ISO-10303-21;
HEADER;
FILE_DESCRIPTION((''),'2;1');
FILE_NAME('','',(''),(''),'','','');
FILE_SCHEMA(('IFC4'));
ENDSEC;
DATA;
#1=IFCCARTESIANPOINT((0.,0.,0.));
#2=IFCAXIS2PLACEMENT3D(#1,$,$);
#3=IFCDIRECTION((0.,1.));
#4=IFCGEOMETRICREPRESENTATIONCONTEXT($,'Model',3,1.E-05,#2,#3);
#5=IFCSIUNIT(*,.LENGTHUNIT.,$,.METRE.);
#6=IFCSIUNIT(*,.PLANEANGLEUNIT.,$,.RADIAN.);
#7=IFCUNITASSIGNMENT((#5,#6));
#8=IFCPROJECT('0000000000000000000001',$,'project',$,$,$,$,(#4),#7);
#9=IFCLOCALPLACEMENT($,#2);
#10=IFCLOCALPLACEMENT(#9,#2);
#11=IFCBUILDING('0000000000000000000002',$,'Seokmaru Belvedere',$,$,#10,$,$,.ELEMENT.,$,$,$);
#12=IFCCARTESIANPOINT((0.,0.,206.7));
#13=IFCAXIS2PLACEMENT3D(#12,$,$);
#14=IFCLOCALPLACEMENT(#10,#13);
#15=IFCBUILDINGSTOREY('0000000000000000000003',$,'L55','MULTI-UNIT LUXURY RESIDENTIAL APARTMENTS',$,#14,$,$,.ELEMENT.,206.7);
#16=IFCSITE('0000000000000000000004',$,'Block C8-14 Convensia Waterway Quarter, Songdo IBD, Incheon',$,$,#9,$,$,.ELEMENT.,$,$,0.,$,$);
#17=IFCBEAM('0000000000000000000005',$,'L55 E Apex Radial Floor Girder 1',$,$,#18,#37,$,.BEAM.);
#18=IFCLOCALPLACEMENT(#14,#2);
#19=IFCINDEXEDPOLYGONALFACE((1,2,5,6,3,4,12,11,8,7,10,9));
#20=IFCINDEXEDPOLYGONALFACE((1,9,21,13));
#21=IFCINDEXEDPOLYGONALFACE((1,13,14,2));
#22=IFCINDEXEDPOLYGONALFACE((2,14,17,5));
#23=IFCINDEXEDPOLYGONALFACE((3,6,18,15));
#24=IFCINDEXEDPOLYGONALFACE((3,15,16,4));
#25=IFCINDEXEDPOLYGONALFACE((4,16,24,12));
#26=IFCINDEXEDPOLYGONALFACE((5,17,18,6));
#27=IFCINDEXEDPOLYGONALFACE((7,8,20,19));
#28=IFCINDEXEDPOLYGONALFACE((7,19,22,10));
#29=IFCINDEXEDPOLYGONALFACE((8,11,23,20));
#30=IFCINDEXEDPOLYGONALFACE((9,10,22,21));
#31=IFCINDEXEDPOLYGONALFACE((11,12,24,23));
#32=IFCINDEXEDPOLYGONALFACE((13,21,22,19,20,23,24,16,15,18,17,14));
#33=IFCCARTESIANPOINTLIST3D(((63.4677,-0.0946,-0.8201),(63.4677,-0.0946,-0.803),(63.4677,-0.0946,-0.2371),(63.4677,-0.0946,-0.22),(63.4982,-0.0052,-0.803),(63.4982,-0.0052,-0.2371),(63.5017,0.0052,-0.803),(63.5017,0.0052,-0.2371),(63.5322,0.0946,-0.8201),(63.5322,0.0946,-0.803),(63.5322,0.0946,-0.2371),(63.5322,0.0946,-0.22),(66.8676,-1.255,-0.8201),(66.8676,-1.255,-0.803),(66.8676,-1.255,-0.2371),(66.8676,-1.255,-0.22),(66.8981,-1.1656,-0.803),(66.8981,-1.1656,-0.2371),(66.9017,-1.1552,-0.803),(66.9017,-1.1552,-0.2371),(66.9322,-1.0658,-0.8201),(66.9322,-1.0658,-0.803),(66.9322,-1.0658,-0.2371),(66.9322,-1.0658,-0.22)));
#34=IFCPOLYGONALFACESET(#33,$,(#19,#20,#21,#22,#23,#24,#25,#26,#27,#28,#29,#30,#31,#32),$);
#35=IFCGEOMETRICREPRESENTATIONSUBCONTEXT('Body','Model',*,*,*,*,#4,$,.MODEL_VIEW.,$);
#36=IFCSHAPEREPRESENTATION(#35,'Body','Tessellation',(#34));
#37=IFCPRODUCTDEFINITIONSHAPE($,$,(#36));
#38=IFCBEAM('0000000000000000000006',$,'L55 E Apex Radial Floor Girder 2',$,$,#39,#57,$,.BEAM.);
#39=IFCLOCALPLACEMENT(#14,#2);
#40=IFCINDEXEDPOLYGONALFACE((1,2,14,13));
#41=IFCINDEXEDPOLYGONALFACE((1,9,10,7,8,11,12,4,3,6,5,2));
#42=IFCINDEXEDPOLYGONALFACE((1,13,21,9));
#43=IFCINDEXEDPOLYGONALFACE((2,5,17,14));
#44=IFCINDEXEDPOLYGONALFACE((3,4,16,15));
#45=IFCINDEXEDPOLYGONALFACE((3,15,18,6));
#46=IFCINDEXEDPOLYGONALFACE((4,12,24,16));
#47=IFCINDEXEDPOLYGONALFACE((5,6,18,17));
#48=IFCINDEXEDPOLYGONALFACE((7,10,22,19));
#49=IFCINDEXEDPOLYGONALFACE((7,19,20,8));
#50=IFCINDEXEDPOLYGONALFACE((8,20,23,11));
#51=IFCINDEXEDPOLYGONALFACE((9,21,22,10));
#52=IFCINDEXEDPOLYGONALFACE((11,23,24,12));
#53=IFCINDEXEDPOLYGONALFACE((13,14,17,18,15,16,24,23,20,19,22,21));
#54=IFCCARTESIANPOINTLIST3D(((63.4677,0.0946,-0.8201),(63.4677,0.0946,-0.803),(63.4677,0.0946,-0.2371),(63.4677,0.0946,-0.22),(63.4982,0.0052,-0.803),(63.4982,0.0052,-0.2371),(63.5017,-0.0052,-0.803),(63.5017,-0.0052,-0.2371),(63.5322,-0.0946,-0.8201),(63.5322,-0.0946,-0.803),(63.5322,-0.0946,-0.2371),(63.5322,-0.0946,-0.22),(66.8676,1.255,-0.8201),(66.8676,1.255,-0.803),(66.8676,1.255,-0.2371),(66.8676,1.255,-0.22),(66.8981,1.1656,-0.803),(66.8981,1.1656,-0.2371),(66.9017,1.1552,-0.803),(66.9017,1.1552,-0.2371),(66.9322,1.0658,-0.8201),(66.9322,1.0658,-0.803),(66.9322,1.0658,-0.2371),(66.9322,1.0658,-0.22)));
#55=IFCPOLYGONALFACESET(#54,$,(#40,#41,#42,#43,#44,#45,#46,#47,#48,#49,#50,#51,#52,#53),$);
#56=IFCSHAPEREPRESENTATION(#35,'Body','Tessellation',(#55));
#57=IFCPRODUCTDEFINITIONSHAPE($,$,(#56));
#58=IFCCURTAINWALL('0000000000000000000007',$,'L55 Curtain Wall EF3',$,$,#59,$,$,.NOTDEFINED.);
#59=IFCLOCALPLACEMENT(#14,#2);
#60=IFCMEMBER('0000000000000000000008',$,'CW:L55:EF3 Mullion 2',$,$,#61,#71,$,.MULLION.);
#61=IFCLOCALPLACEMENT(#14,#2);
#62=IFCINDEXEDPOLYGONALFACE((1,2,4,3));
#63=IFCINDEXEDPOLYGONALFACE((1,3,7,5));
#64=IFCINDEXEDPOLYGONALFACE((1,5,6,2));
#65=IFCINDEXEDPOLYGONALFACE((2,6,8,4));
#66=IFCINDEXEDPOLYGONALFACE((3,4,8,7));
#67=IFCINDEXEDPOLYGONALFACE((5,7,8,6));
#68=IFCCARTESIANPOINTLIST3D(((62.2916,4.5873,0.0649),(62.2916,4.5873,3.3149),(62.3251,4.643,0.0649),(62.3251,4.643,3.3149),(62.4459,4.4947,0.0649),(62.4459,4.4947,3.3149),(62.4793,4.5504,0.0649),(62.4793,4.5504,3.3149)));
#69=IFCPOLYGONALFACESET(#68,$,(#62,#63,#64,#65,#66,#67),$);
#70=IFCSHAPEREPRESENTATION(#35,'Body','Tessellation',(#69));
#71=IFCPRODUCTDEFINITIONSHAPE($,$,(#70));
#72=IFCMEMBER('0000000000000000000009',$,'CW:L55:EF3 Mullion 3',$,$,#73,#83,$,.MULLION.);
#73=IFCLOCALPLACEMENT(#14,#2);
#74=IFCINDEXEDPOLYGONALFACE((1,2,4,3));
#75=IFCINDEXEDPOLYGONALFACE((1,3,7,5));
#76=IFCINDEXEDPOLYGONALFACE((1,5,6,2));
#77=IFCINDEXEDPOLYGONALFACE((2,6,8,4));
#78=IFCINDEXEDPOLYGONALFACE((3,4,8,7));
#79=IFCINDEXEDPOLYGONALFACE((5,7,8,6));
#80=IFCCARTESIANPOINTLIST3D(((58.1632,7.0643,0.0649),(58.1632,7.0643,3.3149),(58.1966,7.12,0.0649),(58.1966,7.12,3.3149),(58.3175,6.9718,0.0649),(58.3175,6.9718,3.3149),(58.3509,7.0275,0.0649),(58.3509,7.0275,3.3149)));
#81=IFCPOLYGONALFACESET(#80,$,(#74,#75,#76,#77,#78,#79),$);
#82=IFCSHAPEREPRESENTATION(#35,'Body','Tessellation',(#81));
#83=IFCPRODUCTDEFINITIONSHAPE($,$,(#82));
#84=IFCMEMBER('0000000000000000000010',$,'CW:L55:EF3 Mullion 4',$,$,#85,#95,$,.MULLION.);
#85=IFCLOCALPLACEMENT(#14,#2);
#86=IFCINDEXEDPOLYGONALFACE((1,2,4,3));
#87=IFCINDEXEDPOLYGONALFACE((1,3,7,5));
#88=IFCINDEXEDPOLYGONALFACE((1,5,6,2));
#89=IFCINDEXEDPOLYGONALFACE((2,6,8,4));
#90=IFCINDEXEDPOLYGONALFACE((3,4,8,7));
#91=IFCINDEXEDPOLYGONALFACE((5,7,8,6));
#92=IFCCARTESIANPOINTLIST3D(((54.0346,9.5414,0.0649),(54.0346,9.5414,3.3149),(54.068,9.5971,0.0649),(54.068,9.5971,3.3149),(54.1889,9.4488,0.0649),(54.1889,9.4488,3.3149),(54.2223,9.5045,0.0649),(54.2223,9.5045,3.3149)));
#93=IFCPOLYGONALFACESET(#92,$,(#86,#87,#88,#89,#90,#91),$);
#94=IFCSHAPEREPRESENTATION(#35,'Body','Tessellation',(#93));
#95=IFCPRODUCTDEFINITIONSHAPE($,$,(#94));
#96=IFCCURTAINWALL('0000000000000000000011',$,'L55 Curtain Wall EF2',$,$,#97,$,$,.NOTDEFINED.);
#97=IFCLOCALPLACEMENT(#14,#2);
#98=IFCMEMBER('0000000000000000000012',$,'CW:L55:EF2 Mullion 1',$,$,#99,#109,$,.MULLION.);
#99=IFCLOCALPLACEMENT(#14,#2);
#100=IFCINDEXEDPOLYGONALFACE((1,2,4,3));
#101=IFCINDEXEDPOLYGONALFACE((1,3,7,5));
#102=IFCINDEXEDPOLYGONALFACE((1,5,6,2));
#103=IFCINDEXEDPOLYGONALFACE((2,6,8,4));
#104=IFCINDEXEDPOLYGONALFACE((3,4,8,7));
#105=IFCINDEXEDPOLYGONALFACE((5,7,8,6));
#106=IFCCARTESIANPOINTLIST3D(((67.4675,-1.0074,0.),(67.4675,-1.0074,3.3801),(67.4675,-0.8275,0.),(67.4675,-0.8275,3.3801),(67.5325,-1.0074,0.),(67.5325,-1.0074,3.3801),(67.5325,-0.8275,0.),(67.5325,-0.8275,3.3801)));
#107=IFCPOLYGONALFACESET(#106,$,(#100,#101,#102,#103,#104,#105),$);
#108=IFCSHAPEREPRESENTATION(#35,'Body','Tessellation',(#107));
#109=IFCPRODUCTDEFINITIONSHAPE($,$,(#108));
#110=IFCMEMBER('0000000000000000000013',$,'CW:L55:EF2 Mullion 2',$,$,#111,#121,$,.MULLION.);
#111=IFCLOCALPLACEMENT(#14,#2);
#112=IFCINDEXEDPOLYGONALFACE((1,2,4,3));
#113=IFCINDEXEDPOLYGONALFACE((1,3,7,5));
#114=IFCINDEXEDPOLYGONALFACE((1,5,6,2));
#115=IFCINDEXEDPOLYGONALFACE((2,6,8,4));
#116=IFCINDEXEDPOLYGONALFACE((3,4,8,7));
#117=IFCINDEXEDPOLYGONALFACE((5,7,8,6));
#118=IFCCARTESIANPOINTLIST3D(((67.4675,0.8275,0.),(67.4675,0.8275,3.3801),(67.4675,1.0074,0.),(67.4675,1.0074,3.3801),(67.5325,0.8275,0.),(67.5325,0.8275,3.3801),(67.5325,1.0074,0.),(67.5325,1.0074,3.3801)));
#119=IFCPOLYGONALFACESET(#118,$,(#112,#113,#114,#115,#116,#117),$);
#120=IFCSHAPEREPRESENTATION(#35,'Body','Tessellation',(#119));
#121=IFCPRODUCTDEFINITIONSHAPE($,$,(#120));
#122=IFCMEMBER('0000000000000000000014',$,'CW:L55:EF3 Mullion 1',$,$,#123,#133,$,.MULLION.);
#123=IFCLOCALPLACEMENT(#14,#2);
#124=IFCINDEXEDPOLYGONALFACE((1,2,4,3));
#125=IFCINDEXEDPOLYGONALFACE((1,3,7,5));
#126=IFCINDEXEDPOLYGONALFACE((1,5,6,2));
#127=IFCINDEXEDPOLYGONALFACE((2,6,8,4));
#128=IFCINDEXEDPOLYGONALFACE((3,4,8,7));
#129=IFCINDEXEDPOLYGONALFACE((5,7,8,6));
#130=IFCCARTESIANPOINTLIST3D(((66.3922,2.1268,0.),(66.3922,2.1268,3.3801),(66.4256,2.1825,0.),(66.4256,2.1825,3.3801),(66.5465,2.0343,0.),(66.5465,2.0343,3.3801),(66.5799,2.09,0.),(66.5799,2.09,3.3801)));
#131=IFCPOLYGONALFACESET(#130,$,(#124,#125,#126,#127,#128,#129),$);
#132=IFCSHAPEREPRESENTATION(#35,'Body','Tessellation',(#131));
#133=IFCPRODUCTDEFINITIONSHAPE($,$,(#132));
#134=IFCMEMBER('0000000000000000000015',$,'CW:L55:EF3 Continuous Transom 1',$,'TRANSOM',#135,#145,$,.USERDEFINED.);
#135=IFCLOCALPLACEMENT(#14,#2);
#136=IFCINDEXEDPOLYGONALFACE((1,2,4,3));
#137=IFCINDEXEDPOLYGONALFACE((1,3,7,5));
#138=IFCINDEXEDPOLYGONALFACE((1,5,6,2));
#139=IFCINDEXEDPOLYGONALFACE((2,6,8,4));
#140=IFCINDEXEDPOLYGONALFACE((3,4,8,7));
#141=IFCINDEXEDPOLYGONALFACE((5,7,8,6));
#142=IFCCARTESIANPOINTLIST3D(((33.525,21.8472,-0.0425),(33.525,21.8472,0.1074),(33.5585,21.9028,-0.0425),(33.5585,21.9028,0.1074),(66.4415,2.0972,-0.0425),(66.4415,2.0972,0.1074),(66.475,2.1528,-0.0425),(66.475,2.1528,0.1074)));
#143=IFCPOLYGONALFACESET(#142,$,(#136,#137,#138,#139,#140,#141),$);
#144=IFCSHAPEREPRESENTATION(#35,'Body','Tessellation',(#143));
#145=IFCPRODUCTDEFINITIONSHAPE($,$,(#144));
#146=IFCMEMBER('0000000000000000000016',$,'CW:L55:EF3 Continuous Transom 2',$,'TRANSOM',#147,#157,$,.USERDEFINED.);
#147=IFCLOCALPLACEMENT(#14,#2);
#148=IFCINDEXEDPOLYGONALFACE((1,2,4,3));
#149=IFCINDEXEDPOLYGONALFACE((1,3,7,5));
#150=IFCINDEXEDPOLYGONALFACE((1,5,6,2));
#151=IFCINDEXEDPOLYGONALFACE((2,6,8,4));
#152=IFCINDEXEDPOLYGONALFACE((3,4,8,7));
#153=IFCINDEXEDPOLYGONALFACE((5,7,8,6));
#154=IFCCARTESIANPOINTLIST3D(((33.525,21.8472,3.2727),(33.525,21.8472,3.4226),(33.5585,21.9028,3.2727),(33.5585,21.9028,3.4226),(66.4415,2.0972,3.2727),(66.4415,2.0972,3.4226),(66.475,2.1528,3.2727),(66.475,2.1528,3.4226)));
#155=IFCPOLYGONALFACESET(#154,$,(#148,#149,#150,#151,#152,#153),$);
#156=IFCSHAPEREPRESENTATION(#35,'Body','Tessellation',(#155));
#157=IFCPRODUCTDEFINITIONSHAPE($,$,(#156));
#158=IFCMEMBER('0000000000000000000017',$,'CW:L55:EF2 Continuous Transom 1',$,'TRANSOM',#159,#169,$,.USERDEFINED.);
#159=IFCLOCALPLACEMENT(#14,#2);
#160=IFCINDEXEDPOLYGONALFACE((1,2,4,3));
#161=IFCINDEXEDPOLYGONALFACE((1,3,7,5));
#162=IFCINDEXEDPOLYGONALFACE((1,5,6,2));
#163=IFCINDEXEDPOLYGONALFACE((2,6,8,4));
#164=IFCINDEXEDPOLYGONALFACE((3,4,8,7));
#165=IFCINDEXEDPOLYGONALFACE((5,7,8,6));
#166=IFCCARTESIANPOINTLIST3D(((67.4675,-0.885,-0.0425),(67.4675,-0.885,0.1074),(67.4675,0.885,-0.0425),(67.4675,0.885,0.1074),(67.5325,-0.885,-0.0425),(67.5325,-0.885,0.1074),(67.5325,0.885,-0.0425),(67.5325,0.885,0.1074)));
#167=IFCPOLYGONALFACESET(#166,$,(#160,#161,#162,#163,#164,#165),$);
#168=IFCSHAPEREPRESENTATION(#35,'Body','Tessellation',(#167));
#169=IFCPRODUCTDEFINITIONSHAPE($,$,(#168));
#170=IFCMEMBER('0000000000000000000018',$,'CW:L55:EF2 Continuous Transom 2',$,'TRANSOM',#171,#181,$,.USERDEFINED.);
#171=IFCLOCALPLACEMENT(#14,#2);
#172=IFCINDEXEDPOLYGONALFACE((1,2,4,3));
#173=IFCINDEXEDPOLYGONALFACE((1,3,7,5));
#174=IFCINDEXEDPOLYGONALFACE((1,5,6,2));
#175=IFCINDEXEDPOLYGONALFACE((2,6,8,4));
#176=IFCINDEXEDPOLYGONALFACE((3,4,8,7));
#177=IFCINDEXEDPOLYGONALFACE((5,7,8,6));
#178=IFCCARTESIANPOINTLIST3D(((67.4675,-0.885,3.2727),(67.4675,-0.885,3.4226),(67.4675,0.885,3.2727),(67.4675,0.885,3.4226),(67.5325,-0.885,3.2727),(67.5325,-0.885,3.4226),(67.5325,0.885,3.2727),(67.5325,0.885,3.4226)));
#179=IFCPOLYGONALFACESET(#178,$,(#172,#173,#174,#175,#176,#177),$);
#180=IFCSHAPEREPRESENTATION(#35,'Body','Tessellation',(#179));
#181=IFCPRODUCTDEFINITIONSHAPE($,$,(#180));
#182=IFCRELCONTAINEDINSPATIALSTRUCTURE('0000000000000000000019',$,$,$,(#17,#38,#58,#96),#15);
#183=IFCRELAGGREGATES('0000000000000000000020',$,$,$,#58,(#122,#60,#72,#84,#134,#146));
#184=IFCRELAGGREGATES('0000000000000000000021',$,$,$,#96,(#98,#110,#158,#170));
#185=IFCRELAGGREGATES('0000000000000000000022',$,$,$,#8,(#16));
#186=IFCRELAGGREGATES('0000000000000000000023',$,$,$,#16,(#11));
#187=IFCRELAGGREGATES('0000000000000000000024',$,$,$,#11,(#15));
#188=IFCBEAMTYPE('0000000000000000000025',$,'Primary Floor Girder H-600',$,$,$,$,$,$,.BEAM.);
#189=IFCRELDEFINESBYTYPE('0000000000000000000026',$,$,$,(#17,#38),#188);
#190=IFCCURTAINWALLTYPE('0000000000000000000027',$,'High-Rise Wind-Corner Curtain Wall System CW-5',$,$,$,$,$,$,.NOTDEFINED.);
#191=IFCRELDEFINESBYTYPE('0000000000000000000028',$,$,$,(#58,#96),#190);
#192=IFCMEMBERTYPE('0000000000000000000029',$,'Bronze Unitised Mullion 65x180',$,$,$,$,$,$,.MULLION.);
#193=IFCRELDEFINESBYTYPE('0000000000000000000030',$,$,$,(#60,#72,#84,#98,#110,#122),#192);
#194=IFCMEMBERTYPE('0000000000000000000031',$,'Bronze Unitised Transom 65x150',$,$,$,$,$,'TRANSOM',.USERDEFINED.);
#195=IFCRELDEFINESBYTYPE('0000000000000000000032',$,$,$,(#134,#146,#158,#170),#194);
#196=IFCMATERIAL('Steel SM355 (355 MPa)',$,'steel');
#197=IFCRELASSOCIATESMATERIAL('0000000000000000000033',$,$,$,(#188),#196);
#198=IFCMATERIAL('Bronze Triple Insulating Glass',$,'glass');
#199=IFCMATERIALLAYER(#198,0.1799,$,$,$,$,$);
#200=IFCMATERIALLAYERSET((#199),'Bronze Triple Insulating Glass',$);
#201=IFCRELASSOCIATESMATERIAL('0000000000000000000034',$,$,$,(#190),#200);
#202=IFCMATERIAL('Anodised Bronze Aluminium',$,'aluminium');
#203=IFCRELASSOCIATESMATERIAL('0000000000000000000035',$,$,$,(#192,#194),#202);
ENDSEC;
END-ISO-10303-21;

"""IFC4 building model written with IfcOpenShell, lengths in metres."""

from ifc_helpers import new_model, si_unit, direction, frame, origin, origin_2d, place, context, subcontext, project, spatial, rectangle, i_section, extrude, source, transform, mapped, material, layer, layer_set, material_profile, profile_set, type_object, type_shapes, element, aggregate, save


model = new_model("IFC4")

# Units and contexts
model_context = context("Model", 3, precision=1e-05, world=origin(), true_north=direction((0.0, 1.0)))
body_context = subcontext(model_context, "Body", "Model", "MODEL_VIEW")
ifc_project = project(units=[si_unit("LENGTHUNIT", "METRE"), si_unit("PLANEANGLEUNIT", "RADIAN")], contexts=[model_context])

# Site, building, storey
site_placement = place(None, origin())
site = spatial("IfcSite", under=ifc_project, at=site_placement, Name="Block C8-14 Convensia Waterway Quarter, Songdo IBD, Incheon", CompositionType="ELEMENT", RefElevation=0.0)
building_placement = place(site_placement, origin())
building = spatial("IfcBuilding", under=site, at=building_placement, Name="Seokmaru Belvedere", CompositionType="ELEMENT")
storey_placement = place(building_placement, frame((0.0, 0.0, 206.7)))
storey = spatial("IfcBuildingStorey", under=building, at=storey_placement, Name="L55", Description="MULTI-UNIT LUXURY RESIDENTIAL APARTMENTS", CompositionType="ELEMENT", Elevation=206.7)

# Shared definitions
ifc_material_1 = material(Name="Steel SM355 (355 MPa)", Category="steel")

# Beams
ifc_material_profile_1 = material_profile(ifc_material_1, i_section(OverallWidth=0.2, OverallDepth=0.6001, WebThickness=0.011, FlangeThickness=0.0171, at=origin_2d()), Name="H-600x200x11x17")
ifc_profile_set_1 = profile_set([ifc_material_profile_1], Name="Steel SM355 (355 MPa)")
beam_type_1 = type_object("IfcBeamType", Name="Primary Floor Girder H-600", PredefinedType="BEAM", material=ifc_profile_set_1)
shared_shape_1 = source(origin(), body_context, "Body", "SweptSolid", [
    extrude(i_section(OverallWidth=0.2, OverallDepth=0.6001, WebThickness=0.011, FlangeThickness=0.0171, at=origin_2d()), origin(), (0.0, 0.0, 1.0), 3.5925),
])
for number, where, z_axis, x_axis, name in (
    (1, (66.8999, -1.1604, -0.52), (-0.946396, 0.323009, 0.0), (-0.323009, -0.946396, 0.0), "L55 E Apex Radial Floor Girder 1"),
    (2, (66.8999, 1.1604, -0.52), (-0.946396, -0.323009, 0.0), (0.323009, -0.946396, 0.0), "L55 E Apex Radial Floor Girder 2"),
):
    element("IfcBeam", number, at=place(storey_placement, frame(where, z_axis=z_axis, x_axis=x_axis)), inside=storey, type_object=beam_type_1, Name=name, PredefinedType="BEAM", context=body_context, shape_type="MappedRepresentation", body=[
        mapped(shared_shape_1, transform((0.0, 0.0, 0.0), scale=1.0)),
    ])

# Curtain walls, members
ifc_material_2 = material(Name="Bronze Triple Insulating Glass", Category="glass")
ifc_layer_1 = layer(ifc_material_2, 0.1799)
ifc_layer_set_1 = layer_set([ifc_layer_1], Name="Bronze Triple Insulating Glass")
curtain_wall_type = type_object("IfcCurtainWallType", Name="High-Rise Wind-Corner Curtain Wall System CW-5", PredefinedType="NOTDEFINED", material=ifc_layer_set_1)
curtain_wall_1_placement = place(storey_placement, origin())
curtain_wall_1 = element("IfcCurtainWall", 3, at=curtain_wall_1_placement, inside=storey, type_object=curtain_wall_type, Name="L55 Curtain Wall EF3", PredefinedType="NOTDEFINED")
ifc_material_3 = material(Name="Anodised Bronze Aluminium", Category="aluminium")
ifc_material_profile_2 = material_profile(ifc_material_3, rectangle(XDim=0.0649, YDim=0.1799, at=origin_2d()), Name="CW-M-65x180")
ifc_profile_set_2 = profile_set([ifc_material_profile_2], Name="Anodised Bronze Aluminium")
member_type_1 = type_object("IfcMemberType", Name="Bronze Unitised Mullion 65x180", PredefinedType="MULLION", material=ifc_profile_set_2)
shared_shape_2 = source(origin(), body_context, "Body", "SweptSolid", [
    extrude(rectangle(XDim=0.0649, YDim=0.1799, at=origin_2d()), origin(), (0.0, 0.0, 1.0), 3.25),
])
member_1_placement = place(storey_placement, frame((62.3855, 4.5688, 0.0649), z_axis=(0.0, 0.0, 1.0), x_axis=(-0.514495, -0.857493, 0.0)))
member_1 = element("IfcMember", 4, at=member_1_placement, type_object=member_type_1, Name="CW:L55:EF3 Mullion 2", PredefinedType="MULLION", context=body_context, shape_type="MappedRepresentation", body=[
    mapped(shared_shape_2, transform((0.0, 0.0, 0.0), scale=1.0)),
])
member_2_placement = place(storey_placement, frame((58.2571, 7.0459, 0.0649), z_axis=(0.0, 0.0, 1.0), x_axis=(-0.514495, -0.857493, 0.0)))
member_2 = element("IfcMember", 5, at=member_2_placement, type_object=member_type_1, Name="CW:L55:EF3 Mullion 3", PredefinedType="MULLION", context=body_context, shape_type="MappedRepresentation", body=[
    mapped(shared_shape_2, transform((0.0, 0.0, 0.0), scale=1.0)),
])
member_3_placement = place(storey_placement, frame((54.1284, 9.5229, 0.0649), z_axis=(0.0, 0.0, 1.0), x_axis=(-0.514495, -0.857493, 0.0)))
member_3 = element("IfcMember", 6, at=member_3_placement, type_object=member_type_1, Name="CW:L55:EF3 Mullion 4", PredefinedType="MULLION", context=body_context, shape_type="MappedRepresentation", body=[
    mapped(shared_shape_2, transform((0.0, 0.0, 0.0), scale=1.0)),
])
curtain_wall_2_placement = place(storey_placement, origin())
curtain_wall_2 = element("IfcCurtainWall", 7, at=curtain_wall_2_placement, inside=storey, type_object=curtain_wall_type, Name="L55 Curtain Wall EF2", PredefinedType="NOTDEFINED")
shared_shape_3 = source(origin(), body_context, "Body", "SweptSolid", [
    extrude(rectangle(XDim=0.0649, YDim=0.1799, at=origin_2d()), origin(), (0.0, 0.0, 1.0), 3.3801),
])
type_shapes(member_type_1, [shared_shape_2, shared_shape_3])
member_4_placement = place(storey_placement, frame((67.5, -0.9175, 0.0), z_axis=(0.0, 0.0, 1.0), x_axis=(-1.0, 0.0, 0.0)))
member_4 = element("IfcMember", 8, at=member_4_placement, type_object=member_type_1, Name="CW:L55:EF2 Mullion 1", PredefinedType="MULLION", context=body_context, shape_type="MappedRepresentation", body=[
    mapped(shared_shape_3, transform((0.0, 0.0, 0.0), scale=1.0)),
])
member_5_placement = place(storey_placement, frame((67.5, 0.9175, 0.0), z_axis=(0.0, 0.0, 1.0), x_axis=(-1.0, 0.0, 0.0)))
member_5 = element("IfcMember", 9, at=member_5_placement, type_object=member_type_1, Name="CW:L55:EF2 Mullion 2", PredefinedType="MULLION", context=body_context, shape_type="MappedRepresentation", body=[
    mapped(shared_shape_3, transform((0.0, 0.0, 0.0), scale=1.0)),
])

# Members
member_6_placement = place(storey_placement, frame((66.4861, 2.1084, 0.0), z_axis=(0.0, 0.0, 1.0), x_axis=(-0.514495, -0.857493, 0.0)))
member_6 = element("IfcMember", 10, at=member_6_placement, type_object=member_type_1, Name="CW:L55:EF3 Mullion 1", PredefinedType="MULLION", context=body_context, shape_type="MappedRepresentation", body=[
    mapped(shared_shape_3, transform((0.0, 0.0, 0.0), scale=1.0)),
])
ifc_material_profile_3 = material_profile(ifc_material_3, rectangle(XDim=0.0649, YDim=0.1499, at=origin_2d()), Name="CW-T-65x150")
ifc_profile_set_3 = profile_set([ifc_material_profile_3], Name="Anodised Bronze Aluminium")
member_type_2 = type_object("IfcMemberType", Name="Bronze Unitised Transom 65x150", ElementType="TRANSOM", PredefinedType="USERDEFINED", material=ifc_profile_set_3)
shared_shape_4 = source(origin(), body_context, "Body", "SweptSolid", [
    extrude(rectangle(XDim=0.0649, YDim=0.1499, at=origin_2d()), origin(), (0.0, 0.0, 1.0), 38.387),
])
member_7_placement = place(storey_placement, frame((66.4583, 2.125, 0.0325), z_axis=(-0.857492, 0.514498, 0.0), x_axis=(-0.514498, -0.857492, 0.0)))
member_7 = element("IfcMember", 11, at=member_7_placement, type_object=member_type_2, Name="CW:L55:EF3 Continuous Transom 1", ObjectType="TRANSOM", PredefinedType="USERDEFINED", context=body_context, shape_type="MappedRepresentation", body=[
    mapped(shared_shape_4, transform((0.0, 0.0, 0.0), scale=1.0)),
])
member_8_placement = place(storey_placement, frame((66.4583, 2.125, 3.3477), z_axis=(-0.857492, 0.514498, 0.0), x_axis=(-0.514498, -0.857492, 0.0)))
member_8 = element("IfcMember", 12, at=member_8_placement, type_object=member_type_2, Name="CW:L55:EF3 Continuous Transom 2", ObjectType="TRANSOM", PredefinedType="USERDEFINED", context=body_context, shape_type="MappedRepresentation", body=[
    mapped(shared_shape_4, transform((0.0, 0.0, 0.0), scale=1.0)),
])
shared_shape_5 = source(origin(), body_context, "Body", "SweptSolid", [
    extrude(rectangle(XDim=0.0649, YDim=0.1499, at=origin_2d()), origin(), (0.0, 0.0, 1.0), 1.77),
])
type_shapes(member_type_2, [shared_shape_4, shared_shape_5])
member_9_placement = place(storey_placement, frame((67.5, -0.885, 0.0325), z_axis=(0.0, 1.0, 0.0), x_axis=(-1.0, 0.0, 0.0)))
member_9 = element("IfcMember", 13, at=member_9_placement, type_object=member_type_2, Name="CW:L55:EF2 Continuous Transom 1", ObjectType="TRANSOM", PredefinedType="USERDEFINED", context=body_context, shape_type="MappedRepresentation", body=[
    mapped(shared_shape_5, transform((0.0, 0.0, 0.0), scale=1.0)),
])
member_10_placement = place(storey_placement, frame((67.5, -0.885, 3.3477), z_axis=(0.0, 1.0, 0.0), x_axis=(-1.0, 0.0, 0.0)))
member_10 = element("IfcMember", 14, at=member_10_placement, type_object=member_type_2, Name="CW:L55:EF2 Continuous Transom 2", ObjectType="TRANSOM", PredefinedType="USERDEFINED", context=body_context, shape_type="MappedRepresentation", body=[
    mapped(shared_shape_5, transform((0.0, 0.0, 0.0), scale=1.0)),
])

aggregate(curtain_wall_1, [member_6, member_1, member_2, member_3, member_7, member_8])
aggregate(curtain_wall_2, [member_4, member_5, member_9, member_10])

save(model, "model.ifc")
